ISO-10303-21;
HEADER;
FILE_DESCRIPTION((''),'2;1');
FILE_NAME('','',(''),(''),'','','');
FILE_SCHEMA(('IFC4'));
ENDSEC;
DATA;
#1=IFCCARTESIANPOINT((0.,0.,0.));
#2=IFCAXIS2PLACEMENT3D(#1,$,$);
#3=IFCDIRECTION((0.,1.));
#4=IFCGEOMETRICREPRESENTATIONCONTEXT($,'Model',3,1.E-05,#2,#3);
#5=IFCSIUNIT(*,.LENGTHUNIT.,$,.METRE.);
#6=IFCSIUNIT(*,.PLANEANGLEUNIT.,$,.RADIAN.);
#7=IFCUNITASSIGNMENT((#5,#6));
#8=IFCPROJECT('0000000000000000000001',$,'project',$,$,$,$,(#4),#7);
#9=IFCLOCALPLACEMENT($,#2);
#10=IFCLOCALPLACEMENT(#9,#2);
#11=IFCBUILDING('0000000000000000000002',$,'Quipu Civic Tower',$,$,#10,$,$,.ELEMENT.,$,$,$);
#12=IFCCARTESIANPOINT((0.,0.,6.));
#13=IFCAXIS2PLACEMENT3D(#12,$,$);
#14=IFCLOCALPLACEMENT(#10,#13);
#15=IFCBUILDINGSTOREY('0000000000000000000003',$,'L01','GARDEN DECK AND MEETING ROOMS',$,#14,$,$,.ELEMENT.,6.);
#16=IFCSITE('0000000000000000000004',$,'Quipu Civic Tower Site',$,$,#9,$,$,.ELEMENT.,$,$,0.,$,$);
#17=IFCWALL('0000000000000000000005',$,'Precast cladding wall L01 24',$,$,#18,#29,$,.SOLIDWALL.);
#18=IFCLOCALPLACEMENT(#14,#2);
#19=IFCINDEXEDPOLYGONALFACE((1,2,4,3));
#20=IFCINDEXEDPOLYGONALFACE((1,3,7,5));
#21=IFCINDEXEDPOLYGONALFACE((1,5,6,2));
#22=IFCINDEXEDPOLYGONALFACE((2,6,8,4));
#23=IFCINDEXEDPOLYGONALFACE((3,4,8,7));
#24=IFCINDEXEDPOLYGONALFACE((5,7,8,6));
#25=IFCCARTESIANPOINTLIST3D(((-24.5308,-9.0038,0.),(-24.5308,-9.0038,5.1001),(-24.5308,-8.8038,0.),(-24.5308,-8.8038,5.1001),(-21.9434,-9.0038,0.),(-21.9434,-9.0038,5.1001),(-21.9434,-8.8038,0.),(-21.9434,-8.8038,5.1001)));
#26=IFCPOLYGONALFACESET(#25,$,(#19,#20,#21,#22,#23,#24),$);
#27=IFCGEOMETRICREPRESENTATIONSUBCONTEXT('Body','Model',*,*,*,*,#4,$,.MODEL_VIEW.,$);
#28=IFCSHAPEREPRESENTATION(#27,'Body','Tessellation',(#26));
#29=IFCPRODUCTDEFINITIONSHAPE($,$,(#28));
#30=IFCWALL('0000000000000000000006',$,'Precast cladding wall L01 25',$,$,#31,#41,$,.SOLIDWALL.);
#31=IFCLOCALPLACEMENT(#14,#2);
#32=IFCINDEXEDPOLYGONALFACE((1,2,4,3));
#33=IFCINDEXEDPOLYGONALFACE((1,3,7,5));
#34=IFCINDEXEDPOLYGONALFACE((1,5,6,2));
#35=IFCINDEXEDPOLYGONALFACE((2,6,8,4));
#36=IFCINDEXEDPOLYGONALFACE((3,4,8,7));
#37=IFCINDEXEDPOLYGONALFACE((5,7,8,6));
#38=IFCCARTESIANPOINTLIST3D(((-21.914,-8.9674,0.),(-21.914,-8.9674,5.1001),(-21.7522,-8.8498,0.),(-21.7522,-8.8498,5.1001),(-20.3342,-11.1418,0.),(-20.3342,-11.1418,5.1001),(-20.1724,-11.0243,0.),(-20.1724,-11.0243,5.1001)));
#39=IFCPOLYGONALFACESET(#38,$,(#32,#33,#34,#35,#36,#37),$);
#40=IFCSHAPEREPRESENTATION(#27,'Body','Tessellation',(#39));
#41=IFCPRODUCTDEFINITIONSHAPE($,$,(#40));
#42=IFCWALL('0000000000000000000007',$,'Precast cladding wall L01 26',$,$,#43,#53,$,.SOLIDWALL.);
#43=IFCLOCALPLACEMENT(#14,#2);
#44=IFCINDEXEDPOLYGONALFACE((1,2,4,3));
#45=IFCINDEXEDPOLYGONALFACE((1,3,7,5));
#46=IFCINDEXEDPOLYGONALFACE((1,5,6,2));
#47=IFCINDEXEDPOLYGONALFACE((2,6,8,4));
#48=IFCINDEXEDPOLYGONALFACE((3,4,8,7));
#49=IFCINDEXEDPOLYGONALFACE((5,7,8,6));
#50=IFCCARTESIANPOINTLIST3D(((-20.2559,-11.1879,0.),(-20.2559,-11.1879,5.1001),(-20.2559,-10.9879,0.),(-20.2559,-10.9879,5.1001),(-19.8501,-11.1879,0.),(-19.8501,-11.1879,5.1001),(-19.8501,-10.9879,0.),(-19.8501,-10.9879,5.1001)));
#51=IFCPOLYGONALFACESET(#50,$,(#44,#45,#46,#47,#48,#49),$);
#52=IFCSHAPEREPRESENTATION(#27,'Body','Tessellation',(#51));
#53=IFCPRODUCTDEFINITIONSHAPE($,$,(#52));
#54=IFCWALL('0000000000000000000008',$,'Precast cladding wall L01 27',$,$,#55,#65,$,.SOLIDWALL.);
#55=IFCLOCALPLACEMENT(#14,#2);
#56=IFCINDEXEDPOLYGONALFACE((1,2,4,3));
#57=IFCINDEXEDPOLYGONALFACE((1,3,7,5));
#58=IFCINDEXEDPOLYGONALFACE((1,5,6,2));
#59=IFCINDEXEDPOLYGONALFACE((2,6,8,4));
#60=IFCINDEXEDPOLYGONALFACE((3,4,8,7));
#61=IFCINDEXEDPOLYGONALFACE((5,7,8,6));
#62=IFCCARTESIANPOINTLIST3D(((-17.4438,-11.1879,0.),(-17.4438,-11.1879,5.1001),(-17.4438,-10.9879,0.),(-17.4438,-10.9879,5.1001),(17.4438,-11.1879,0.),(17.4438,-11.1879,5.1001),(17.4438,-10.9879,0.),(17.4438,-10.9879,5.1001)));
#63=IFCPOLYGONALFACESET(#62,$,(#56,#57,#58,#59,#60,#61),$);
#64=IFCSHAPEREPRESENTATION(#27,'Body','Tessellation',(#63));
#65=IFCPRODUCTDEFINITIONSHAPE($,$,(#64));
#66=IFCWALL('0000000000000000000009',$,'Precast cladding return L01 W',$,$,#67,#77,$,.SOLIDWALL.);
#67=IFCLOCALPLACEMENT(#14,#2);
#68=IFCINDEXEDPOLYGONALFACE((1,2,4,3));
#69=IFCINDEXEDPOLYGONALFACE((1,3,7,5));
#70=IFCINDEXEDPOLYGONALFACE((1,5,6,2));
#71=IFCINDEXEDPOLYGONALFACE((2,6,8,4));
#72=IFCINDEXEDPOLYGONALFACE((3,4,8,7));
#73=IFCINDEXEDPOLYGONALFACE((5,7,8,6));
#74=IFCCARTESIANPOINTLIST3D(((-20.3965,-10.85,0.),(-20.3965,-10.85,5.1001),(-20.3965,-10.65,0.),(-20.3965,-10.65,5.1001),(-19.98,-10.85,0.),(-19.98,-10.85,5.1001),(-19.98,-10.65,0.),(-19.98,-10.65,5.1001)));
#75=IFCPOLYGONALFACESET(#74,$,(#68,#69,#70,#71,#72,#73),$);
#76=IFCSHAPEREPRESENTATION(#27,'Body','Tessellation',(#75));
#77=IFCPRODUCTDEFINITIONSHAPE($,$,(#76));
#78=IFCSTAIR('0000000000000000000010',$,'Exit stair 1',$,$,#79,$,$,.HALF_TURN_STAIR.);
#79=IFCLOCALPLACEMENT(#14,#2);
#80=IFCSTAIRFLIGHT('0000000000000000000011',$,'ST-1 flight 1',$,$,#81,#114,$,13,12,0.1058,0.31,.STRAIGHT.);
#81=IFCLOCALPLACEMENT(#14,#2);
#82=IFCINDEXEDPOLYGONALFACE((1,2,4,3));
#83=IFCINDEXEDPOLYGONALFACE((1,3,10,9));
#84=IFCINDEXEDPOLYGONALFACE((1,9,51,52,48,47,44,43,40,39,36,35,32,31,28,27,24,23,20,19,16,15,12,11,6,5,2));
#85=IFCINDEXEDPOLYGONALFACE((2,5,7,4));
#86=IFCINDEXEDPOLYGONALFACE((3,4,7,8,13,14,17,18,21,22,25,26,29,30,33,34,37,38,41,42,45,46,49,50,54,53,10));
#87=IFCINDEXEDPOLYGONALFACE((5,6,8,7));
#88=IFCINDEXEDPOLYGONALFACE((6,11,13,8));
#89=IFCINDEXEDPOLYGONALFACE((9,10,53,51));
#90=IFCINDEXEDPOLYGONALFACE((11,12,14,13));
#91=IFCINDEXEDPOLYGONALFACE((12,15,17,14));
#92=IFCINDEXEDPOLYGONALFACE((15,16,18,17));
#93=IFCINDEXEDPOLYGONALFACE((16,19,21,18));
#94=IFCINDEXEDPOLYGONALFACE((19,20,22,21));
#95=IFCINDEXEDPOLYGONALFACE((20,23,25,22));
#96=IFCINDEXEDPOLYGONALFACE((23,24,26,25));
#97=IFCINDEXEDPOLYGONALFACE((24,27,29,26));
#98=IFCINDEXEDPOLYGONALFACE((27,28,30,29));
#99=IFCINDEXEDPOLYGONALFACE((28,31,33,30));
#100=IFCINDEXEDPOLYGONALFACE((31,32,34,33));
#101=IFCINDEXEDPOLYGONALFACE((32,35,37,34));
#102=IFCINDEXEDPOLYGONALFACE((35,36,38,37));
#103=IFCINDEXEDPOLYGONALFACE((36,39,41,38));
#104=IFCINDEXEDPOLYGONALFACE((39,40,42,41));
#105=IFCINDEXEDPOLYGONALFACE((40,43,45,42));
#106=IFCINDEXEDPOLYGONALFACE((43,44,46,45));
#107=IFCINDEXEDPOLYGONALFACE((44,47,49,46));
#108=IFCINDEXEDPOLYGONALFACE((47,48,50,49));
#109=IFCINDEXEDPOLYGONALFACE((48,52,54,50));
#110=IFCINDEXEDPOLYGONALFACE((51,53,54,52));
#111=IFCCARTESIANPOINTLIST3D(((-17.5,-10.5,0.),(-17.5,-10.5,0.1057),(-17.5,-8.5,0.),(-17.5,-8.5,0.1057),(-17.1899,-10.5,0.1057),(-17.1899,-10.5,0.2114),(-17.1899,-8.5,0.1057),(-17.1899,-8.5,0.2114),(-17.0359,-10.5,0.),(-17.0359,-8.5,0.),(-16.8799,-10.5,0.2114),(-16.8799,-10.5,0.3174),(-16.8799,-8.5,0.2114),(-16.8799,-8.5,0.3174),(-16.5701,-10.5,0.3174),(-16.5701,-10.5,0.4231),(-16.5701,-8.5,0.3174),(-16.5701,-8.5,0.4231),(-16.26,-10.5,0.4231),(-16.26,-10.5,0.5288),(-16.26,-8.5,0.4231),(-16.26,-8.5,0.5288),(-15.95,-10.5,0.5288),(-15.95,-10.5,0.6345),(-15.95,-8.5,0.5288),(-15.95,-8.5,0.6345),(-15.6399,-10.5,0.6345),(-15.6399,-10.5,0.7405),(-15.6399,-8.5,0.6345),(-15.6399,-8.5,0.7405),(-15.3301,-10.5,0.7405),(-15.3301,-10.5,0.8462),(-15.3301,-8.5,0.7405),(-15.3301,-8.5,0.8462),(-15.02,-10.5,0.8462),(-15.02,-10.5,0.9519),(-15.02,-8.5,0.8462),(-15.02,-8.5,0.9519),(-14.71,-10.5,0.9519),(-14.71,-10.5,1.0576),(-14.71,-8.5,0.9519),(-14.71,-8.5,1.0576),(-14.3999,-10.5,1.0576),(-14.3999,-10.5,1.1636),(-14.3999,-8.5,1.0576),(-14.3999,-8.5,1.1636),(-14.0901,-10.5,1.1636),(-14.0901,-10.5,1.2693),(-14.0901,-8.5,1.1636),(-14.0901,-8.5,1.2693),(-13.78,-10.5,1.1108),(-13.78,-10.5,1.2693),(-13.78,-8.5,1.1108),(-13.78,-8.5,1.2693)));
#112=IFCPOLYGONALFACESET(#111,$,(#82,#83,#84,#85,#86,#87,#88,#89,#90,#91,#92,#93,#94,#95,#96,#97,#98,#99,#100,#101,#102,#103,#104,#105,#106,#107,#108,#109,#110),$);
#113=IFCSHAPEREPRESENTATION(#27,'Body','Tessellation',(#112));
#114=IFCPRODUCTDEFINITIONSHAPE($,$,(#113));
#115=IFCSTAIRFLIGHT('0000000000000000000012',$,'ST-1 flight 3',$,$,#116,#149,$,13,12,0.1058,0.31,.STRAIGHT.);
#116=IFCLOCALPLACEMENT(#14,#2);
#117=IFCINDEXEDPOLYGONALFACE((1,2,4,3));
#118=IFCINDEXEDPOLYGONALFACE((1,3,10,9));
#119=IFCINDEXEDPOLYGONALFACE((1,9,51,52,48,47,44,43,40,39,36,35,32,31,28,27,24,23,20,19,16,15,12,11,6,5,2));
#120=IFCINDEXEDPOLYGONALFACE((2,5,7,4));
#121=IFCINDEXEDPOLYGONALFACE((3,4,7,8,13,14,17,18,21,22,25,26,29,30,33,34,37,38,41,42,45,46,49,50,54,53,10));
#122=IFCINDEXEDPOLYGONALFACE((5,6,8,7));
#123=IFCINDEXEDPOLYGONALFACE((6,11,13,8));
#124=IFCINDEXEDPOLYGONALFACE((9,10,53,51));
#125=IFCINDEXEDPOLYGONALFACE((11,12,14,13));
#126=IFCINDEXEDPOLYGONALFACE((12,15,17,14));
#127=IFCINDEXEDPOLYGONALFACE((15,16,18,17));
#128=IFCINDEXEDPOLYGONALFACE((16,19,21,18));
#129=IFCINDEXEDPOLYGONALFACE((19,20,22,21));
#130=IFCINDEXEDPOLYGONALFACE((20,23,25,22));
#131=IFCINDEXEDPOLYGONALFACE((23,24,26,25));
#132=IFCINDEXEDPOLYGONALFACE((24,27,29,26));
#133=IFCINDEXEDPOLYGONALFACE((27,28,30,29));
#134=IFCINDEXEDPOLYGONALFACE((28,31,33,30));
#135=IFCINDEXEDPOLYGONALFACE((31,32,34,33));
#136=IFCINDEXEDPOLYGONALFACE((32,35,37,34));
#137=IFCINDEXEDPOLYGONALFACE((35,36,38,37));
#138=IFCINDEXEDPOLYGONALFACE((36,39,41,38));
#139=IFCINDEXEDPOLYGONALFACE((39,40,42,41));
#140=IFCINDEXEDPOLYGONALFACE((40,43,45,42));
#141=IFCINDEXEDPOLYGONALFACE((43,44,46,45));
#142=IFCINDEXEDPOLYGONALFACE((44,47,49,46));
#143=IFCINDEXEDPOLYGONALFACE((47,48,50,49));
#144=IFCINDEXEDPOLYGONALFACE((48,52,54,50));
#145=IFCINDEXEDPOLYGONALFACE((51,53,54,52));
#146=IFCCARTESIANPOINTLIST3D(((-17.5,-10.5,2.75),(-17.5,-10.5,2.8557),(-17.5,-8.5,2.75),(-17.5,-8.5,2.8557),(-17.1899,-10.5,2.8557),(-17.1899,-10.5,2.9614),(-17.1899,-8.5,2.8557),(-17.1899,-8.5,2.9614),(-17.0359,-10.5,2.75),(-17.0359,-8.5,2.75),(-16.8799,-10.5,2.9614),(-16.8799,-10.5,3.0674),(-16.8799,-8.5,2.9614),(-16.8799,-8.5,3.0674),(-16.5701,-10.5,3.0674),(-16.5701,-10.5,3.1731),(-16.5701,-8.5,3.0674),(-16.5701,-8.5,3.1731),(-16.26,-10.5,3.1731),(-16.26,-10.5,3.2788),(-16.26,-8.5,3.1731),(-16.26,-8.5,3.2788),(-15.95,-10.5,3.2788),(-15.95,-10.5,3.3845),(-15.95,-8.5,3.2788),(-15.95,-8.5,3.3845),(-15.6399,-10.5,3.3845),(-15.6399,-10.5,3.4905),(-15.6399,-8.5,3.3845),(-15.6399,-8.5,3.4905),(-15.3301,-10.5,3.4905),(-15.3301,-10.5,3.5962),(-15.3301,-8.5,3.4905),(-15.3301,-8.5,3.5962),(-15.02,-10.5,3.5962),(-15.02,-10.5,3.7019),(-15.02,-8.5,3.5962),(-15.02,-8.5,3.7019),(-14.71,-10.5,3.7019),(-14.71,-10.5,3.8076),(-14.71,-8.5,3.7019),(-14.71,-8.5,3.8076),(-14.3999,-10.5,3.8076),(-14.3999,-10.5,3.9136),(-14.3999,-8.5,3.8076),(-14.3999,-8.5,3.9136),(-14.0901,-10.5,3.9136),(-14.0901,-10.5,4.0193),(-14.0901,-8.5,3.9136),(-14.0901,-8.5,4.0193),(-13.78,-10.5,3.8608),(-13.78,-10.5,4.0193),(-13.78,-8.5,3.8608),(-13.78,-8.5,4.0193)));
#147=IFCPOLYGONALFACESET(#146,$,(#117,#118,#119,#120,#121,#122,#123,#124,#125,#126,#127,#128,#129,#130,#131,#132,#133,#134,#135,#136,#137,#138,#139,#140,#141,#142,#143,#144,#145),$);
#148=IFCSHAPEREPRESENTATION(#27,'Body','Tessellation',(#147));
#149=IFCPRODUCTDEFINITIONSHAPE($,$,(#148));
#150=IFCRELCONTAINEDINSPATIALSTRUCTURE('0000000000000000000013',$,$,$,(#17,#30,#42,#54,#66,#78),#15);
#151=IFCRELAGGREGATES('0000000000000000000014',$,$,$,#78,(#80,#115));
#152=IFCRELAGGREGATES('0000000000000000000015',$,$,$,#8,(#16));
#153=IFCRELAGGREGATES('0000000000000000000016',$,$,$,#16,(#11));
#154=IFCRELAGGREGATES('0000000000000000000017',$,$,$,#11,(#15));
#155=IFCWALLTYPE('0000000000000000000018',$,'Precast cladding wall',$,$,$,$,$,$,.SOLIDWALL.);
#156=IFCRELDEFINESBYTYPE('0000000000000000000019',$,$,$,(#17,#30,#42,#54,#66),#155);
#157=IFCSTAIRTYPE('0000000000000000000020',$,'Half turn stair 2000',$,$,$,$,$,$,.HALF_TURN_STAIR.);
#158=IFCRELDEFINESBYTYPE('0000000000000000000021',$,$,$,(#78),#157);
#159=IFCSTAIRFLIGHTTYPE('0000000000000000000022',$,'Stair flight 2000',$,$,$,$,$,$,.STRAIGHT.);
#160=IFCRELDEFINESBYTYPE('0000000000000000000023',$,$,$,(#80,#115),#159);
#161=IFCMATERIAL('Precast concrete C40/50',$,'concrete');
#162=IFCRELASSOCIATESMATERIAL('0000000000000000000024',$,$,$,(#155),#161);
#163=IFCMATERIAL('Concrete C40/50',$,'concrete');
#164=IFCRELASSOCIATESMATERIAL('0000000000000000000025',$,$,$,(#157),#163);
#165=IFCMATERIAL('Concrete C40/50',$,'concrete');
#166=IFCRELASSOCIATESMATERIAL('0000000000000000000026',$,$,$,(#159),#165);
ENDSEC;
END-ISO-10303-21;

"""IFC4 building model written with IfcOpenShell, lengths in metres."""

from ifc_helpers import new_model, si_unit, direction, frame, frame_2d, origin, place, context, subcontext, project, spatial, polyline, rectangle, outline, extrude, material, type_object, element, aggregate, save


model = new_model("IFC4")

# Units and contexts
model_context = context("Model", 3, precision=1e-05, world=origin(), true_north=direction((0.0, 1.0)))
body_context = subcontext(model_context, "Body", "Model", "MODEL_VIEW")
ifc_project = project(units=[si_unit("LENGTHUNIT", "METRE"), si_unit("PLANEANGLEUNIT", "RADIAN")], contexts=[model_context])

# Site, building, storey
site_placement = place(None, origin())
site = spatial("IfcSite", under=ifc_project, at=site_placement, Name="Quipu Civic Tower Site", CompositionType="ELEMENT", RefElevation=0.0)
building_placement = place(site_placement, origin())
building = spatial("IfcBuilding", under=site, at=building_placement, Name="Quipu Civic Tower", CompositionType="ELEMENT")
storey_placement = place(building_placement, frame((0.0, 0.0, 6.0)))
storey = spatial("IfcBuildingStorey", under=building, at=storey_placement, Name="L01", Description="GARDEN DECK AND MEETING ROOMS", CompositionType="ELEMENT", Elevation=6.0)

# Walls
ifc_material_1 = material(Name="Precast concrete C40/50", Category="concrete")
wall_type_1 = type_object("IfcWallType", Name="Precast cladding wall", PredefinedType="SOLIDWALL", material=ifc_material_1)
wall_1_placement = place(storey_placement, frame((-24.5308, -8.9038, 0.0), z_axis=(0.0, 0.0, 1.0), x_axis=(1.0, 0.0, 0.0)))
element("IfcWall", 1, at=wall_1_placement, inside=storey, type_object=wall_type_1, Name="Precast cladding wall L01 24", PredefinedType="SOLIDWALL", context=body_context, shape_type="SweptSolid", body=[
    extrude(rectangle(XDim=2.5874, YDim=0.2, at=frame_2d((1.2937, 0.0))), origin(), (0.0, 0.0, 1.0), 5.1001),
])
wall_2_placement = place(storey_placement, frame((-21.833, -8.9087, 0.0), z_axis=(0.0, 0.0, 1.0), x_axis=(0.587767, -0.809031, 0.0)))
element("IfcWall", 2, at=wall_2_placement, inside=storey, type_object=wall_type_1, Name="Precast cladding wall L01 25", PredefinedType="SOLIDWALL", context=body_context, shape_type="SweptSolid", body=[
    extrude(rectangle(XDim=2.6877, YDim=0.2, at=frame_2d((1.3438, 0.0))), origin(), (0.0, 0.0, 1.0), 5.1001),
])
wall_3_placement = place(storey_placement, frame((-20.2559, -11.0879, 0.0), z_axis=(0.0, 0.0, 1.0), x_axis=(1.0, 0.0, 0.0)))
element("IfcWall", 3, at=wall_3_placement, inside=storey, type_object=wall_type_1, Name="Precast cladding wall L01 26", PredefinedType="SOLIDWALL", context=body_context, shape_type="SweptSolid", body=[
    extrude(rectangle(XDim=0.4058, YDim=0.2, at=frame_2d((0.2029, 0.0))), origin(), (0.0, 0.0, 1.0), 5.1001),
])
wall_4_placement = place(storey_placement, frame((-17.4438, -11.0879, 0.0), z_axis=(0.0, 0.0, 1.0), x_axis=(1.0, 0.0, 0.0)))
element("IfcWall", 4, at=wall_4_placement, inside=storey, type_object=wall_type_1, Name="Precast cladding wall L01 27", PredefinedType="SOLIDWALL", context=body_context, shape_type="SweptSolid", body=[
    extrude(rectangle(XDim=34.8877, YDim=0.2, at=frame_2d((17.4438, 0.0))), origin(), (0.0, 0.0, 1.0), 5.1001),
])
wall_5_placement = place(storey_placement, frame((-19.98, -10.75, 0.0), z_axis=(0.0, 0.0, 1.0), x_axis=(-1.0, 0.0, 0.0)))
element("IfcWall", 5, at=wall_5_placement, inside=storey, type_object=wall_type_1, Name="Precast cladding return L01 W", PredefinedType="SOLIDWALL", context=body_context, shape_type="SweptSolid", body=[
    extrude(rectangle(XDim=0.4165, YDim=0.2, at=frame_2d((0.2083, 0.0))), origin(), (0.0, 0.0, 1.0), 5.1001),
])

# Stair, stair flights
ifc_material_2 = material(Name="Concrete C40/50", Category="concrete")
stair_type = type_object("IfcStairType", Name="Half turn stair 2000", PredefinedType="HALF_TURN_STAIR", material=ifc_material_2)
stair_placement = place(storey_placement, origin())
stair = element("IfcStair", 6, at=stair_placement, inside=storey, type_object=stair_type, Name="Exit stair 1", PredefinedType="HALF_TURN_STAIR")
ifc_material_3 = material(Name="Concrete C40/50", Category="concrete")
stair_flight_type = type_object("IfcStairFlightType", Name="Stair flight 2000", PredefinedType="STRAIGHT", material=ifc_material_3)
stair_flight_1_placement = place(storey_placement, frame((-17.5, -9.5, 0.0), z_axis=(0.0, 0.0, 1.0), x_axis=(1.0, 0.0, 0.0)))
stair_flight_1 = element("IfcStairFlight", 7, at=stair_flight_1_placement, type_object=stair_flight_type, Name="ST-1 flight 1", NumberOfRisers=13, NumberOfTreads=12, PredefinedType="STRAIGHT", RiserHeight=0.1058, TreadLength=0.31, context=body_context, shape_type="SweptSolid", body=[
    extrude(outline(polyline([(0.0, 0.0), (0.0, 0.1057), (0.3101, 0.1057), (0.3101, 0.2114), (0.6201, 0.2114), (0.6201, 0.3174), (0.9299, 0.3174), (0.9299, 0.4231), (1.24, 0.4231), (1.24, 0.5288), (1.55, 0.5288), (1.55, 0.6345), (1.8601, 0.6345), (1.8601, 0.7405), (2.1699, 0.7405), (2.1699, 0.8462), (2.48, 0.8462), (2.48, 0.9519), (2.79, 0.9519), (2.79, 1.0576), (3.1001, 1.0576), (3.1001, 1.1636), (3.4099, 1.1636), (3.4099, 1.2693), (3.72, 1.2693), (3.72, 1.375), (3.72, 1.1108), (0.4641, 0.0), (0.0, 0.0)])), frame((0.0, 1.0, 0.0), z_axis=(0.0, -1.0, 0.0), x_axis=(1.0, 0.0, 0.0)), (0.0, 0.0, 1.0), 2.0),
])
stair_flight_2_placement = place(storey_placement, frame((-17.5, -9.5, 2.75), z_axis=(0.0, 0.0, 1.0), x_axis=(1.0, 0.0, 0.0)))
stair_flight_2 = element("IfcStairFlight", 8, at=stair_flight_2_placement, type_object=stair_flight_type, Name="ST-1 flight 3", NumberOfRisers=13, NumberOfTreads=12, PredefinedType="STRAIGHT", RiserHeight=0.1058, TreadLength=0.31, context=body_context, shape_type="SweptSolid", body=[
    extrude(outline(polyline([(0.0, 0.0), (0.0, 0.1057), (0.3101, 0.1057), (0.3101, 0.2114), (0.6201, 0.2114), (0.6201, 0.3174), (0.9299, 0.3174), (0.9299, 0.4231), (1.24, 0.4231), (1.24, 0.5288), (1.55, 0.5288), (1.55, 0.6345), (1.8601, 0.6345), (1.8601, 0.7405), (2.1699, 0.7405), (2.1699, 0.8462), (2.48, 0.8462), (2.48, 0.9519), (2.79, 0.9519), (2.79, 1.0576), (3.1001, 1.0576), (3.1001, 1.1636), (3.4099, 1.1636), (3.4099, 1.2693), (3.72, 1.2693), (3.72, 1.375), (3.72, 1.1108), (0.4641, 0.0), (0.0, 0.0)])), frame((0.0, 1.0, 0.0), z_axis=(0.0, -1.0, 0.0), x_axis=(1.0, 0.0, 0.0)), (0.0, 0.0, 1.0), 2.0),
])
aggregate(stair, [stair_flight_1, stair_flight_2])

save(model, "model.ifc")
